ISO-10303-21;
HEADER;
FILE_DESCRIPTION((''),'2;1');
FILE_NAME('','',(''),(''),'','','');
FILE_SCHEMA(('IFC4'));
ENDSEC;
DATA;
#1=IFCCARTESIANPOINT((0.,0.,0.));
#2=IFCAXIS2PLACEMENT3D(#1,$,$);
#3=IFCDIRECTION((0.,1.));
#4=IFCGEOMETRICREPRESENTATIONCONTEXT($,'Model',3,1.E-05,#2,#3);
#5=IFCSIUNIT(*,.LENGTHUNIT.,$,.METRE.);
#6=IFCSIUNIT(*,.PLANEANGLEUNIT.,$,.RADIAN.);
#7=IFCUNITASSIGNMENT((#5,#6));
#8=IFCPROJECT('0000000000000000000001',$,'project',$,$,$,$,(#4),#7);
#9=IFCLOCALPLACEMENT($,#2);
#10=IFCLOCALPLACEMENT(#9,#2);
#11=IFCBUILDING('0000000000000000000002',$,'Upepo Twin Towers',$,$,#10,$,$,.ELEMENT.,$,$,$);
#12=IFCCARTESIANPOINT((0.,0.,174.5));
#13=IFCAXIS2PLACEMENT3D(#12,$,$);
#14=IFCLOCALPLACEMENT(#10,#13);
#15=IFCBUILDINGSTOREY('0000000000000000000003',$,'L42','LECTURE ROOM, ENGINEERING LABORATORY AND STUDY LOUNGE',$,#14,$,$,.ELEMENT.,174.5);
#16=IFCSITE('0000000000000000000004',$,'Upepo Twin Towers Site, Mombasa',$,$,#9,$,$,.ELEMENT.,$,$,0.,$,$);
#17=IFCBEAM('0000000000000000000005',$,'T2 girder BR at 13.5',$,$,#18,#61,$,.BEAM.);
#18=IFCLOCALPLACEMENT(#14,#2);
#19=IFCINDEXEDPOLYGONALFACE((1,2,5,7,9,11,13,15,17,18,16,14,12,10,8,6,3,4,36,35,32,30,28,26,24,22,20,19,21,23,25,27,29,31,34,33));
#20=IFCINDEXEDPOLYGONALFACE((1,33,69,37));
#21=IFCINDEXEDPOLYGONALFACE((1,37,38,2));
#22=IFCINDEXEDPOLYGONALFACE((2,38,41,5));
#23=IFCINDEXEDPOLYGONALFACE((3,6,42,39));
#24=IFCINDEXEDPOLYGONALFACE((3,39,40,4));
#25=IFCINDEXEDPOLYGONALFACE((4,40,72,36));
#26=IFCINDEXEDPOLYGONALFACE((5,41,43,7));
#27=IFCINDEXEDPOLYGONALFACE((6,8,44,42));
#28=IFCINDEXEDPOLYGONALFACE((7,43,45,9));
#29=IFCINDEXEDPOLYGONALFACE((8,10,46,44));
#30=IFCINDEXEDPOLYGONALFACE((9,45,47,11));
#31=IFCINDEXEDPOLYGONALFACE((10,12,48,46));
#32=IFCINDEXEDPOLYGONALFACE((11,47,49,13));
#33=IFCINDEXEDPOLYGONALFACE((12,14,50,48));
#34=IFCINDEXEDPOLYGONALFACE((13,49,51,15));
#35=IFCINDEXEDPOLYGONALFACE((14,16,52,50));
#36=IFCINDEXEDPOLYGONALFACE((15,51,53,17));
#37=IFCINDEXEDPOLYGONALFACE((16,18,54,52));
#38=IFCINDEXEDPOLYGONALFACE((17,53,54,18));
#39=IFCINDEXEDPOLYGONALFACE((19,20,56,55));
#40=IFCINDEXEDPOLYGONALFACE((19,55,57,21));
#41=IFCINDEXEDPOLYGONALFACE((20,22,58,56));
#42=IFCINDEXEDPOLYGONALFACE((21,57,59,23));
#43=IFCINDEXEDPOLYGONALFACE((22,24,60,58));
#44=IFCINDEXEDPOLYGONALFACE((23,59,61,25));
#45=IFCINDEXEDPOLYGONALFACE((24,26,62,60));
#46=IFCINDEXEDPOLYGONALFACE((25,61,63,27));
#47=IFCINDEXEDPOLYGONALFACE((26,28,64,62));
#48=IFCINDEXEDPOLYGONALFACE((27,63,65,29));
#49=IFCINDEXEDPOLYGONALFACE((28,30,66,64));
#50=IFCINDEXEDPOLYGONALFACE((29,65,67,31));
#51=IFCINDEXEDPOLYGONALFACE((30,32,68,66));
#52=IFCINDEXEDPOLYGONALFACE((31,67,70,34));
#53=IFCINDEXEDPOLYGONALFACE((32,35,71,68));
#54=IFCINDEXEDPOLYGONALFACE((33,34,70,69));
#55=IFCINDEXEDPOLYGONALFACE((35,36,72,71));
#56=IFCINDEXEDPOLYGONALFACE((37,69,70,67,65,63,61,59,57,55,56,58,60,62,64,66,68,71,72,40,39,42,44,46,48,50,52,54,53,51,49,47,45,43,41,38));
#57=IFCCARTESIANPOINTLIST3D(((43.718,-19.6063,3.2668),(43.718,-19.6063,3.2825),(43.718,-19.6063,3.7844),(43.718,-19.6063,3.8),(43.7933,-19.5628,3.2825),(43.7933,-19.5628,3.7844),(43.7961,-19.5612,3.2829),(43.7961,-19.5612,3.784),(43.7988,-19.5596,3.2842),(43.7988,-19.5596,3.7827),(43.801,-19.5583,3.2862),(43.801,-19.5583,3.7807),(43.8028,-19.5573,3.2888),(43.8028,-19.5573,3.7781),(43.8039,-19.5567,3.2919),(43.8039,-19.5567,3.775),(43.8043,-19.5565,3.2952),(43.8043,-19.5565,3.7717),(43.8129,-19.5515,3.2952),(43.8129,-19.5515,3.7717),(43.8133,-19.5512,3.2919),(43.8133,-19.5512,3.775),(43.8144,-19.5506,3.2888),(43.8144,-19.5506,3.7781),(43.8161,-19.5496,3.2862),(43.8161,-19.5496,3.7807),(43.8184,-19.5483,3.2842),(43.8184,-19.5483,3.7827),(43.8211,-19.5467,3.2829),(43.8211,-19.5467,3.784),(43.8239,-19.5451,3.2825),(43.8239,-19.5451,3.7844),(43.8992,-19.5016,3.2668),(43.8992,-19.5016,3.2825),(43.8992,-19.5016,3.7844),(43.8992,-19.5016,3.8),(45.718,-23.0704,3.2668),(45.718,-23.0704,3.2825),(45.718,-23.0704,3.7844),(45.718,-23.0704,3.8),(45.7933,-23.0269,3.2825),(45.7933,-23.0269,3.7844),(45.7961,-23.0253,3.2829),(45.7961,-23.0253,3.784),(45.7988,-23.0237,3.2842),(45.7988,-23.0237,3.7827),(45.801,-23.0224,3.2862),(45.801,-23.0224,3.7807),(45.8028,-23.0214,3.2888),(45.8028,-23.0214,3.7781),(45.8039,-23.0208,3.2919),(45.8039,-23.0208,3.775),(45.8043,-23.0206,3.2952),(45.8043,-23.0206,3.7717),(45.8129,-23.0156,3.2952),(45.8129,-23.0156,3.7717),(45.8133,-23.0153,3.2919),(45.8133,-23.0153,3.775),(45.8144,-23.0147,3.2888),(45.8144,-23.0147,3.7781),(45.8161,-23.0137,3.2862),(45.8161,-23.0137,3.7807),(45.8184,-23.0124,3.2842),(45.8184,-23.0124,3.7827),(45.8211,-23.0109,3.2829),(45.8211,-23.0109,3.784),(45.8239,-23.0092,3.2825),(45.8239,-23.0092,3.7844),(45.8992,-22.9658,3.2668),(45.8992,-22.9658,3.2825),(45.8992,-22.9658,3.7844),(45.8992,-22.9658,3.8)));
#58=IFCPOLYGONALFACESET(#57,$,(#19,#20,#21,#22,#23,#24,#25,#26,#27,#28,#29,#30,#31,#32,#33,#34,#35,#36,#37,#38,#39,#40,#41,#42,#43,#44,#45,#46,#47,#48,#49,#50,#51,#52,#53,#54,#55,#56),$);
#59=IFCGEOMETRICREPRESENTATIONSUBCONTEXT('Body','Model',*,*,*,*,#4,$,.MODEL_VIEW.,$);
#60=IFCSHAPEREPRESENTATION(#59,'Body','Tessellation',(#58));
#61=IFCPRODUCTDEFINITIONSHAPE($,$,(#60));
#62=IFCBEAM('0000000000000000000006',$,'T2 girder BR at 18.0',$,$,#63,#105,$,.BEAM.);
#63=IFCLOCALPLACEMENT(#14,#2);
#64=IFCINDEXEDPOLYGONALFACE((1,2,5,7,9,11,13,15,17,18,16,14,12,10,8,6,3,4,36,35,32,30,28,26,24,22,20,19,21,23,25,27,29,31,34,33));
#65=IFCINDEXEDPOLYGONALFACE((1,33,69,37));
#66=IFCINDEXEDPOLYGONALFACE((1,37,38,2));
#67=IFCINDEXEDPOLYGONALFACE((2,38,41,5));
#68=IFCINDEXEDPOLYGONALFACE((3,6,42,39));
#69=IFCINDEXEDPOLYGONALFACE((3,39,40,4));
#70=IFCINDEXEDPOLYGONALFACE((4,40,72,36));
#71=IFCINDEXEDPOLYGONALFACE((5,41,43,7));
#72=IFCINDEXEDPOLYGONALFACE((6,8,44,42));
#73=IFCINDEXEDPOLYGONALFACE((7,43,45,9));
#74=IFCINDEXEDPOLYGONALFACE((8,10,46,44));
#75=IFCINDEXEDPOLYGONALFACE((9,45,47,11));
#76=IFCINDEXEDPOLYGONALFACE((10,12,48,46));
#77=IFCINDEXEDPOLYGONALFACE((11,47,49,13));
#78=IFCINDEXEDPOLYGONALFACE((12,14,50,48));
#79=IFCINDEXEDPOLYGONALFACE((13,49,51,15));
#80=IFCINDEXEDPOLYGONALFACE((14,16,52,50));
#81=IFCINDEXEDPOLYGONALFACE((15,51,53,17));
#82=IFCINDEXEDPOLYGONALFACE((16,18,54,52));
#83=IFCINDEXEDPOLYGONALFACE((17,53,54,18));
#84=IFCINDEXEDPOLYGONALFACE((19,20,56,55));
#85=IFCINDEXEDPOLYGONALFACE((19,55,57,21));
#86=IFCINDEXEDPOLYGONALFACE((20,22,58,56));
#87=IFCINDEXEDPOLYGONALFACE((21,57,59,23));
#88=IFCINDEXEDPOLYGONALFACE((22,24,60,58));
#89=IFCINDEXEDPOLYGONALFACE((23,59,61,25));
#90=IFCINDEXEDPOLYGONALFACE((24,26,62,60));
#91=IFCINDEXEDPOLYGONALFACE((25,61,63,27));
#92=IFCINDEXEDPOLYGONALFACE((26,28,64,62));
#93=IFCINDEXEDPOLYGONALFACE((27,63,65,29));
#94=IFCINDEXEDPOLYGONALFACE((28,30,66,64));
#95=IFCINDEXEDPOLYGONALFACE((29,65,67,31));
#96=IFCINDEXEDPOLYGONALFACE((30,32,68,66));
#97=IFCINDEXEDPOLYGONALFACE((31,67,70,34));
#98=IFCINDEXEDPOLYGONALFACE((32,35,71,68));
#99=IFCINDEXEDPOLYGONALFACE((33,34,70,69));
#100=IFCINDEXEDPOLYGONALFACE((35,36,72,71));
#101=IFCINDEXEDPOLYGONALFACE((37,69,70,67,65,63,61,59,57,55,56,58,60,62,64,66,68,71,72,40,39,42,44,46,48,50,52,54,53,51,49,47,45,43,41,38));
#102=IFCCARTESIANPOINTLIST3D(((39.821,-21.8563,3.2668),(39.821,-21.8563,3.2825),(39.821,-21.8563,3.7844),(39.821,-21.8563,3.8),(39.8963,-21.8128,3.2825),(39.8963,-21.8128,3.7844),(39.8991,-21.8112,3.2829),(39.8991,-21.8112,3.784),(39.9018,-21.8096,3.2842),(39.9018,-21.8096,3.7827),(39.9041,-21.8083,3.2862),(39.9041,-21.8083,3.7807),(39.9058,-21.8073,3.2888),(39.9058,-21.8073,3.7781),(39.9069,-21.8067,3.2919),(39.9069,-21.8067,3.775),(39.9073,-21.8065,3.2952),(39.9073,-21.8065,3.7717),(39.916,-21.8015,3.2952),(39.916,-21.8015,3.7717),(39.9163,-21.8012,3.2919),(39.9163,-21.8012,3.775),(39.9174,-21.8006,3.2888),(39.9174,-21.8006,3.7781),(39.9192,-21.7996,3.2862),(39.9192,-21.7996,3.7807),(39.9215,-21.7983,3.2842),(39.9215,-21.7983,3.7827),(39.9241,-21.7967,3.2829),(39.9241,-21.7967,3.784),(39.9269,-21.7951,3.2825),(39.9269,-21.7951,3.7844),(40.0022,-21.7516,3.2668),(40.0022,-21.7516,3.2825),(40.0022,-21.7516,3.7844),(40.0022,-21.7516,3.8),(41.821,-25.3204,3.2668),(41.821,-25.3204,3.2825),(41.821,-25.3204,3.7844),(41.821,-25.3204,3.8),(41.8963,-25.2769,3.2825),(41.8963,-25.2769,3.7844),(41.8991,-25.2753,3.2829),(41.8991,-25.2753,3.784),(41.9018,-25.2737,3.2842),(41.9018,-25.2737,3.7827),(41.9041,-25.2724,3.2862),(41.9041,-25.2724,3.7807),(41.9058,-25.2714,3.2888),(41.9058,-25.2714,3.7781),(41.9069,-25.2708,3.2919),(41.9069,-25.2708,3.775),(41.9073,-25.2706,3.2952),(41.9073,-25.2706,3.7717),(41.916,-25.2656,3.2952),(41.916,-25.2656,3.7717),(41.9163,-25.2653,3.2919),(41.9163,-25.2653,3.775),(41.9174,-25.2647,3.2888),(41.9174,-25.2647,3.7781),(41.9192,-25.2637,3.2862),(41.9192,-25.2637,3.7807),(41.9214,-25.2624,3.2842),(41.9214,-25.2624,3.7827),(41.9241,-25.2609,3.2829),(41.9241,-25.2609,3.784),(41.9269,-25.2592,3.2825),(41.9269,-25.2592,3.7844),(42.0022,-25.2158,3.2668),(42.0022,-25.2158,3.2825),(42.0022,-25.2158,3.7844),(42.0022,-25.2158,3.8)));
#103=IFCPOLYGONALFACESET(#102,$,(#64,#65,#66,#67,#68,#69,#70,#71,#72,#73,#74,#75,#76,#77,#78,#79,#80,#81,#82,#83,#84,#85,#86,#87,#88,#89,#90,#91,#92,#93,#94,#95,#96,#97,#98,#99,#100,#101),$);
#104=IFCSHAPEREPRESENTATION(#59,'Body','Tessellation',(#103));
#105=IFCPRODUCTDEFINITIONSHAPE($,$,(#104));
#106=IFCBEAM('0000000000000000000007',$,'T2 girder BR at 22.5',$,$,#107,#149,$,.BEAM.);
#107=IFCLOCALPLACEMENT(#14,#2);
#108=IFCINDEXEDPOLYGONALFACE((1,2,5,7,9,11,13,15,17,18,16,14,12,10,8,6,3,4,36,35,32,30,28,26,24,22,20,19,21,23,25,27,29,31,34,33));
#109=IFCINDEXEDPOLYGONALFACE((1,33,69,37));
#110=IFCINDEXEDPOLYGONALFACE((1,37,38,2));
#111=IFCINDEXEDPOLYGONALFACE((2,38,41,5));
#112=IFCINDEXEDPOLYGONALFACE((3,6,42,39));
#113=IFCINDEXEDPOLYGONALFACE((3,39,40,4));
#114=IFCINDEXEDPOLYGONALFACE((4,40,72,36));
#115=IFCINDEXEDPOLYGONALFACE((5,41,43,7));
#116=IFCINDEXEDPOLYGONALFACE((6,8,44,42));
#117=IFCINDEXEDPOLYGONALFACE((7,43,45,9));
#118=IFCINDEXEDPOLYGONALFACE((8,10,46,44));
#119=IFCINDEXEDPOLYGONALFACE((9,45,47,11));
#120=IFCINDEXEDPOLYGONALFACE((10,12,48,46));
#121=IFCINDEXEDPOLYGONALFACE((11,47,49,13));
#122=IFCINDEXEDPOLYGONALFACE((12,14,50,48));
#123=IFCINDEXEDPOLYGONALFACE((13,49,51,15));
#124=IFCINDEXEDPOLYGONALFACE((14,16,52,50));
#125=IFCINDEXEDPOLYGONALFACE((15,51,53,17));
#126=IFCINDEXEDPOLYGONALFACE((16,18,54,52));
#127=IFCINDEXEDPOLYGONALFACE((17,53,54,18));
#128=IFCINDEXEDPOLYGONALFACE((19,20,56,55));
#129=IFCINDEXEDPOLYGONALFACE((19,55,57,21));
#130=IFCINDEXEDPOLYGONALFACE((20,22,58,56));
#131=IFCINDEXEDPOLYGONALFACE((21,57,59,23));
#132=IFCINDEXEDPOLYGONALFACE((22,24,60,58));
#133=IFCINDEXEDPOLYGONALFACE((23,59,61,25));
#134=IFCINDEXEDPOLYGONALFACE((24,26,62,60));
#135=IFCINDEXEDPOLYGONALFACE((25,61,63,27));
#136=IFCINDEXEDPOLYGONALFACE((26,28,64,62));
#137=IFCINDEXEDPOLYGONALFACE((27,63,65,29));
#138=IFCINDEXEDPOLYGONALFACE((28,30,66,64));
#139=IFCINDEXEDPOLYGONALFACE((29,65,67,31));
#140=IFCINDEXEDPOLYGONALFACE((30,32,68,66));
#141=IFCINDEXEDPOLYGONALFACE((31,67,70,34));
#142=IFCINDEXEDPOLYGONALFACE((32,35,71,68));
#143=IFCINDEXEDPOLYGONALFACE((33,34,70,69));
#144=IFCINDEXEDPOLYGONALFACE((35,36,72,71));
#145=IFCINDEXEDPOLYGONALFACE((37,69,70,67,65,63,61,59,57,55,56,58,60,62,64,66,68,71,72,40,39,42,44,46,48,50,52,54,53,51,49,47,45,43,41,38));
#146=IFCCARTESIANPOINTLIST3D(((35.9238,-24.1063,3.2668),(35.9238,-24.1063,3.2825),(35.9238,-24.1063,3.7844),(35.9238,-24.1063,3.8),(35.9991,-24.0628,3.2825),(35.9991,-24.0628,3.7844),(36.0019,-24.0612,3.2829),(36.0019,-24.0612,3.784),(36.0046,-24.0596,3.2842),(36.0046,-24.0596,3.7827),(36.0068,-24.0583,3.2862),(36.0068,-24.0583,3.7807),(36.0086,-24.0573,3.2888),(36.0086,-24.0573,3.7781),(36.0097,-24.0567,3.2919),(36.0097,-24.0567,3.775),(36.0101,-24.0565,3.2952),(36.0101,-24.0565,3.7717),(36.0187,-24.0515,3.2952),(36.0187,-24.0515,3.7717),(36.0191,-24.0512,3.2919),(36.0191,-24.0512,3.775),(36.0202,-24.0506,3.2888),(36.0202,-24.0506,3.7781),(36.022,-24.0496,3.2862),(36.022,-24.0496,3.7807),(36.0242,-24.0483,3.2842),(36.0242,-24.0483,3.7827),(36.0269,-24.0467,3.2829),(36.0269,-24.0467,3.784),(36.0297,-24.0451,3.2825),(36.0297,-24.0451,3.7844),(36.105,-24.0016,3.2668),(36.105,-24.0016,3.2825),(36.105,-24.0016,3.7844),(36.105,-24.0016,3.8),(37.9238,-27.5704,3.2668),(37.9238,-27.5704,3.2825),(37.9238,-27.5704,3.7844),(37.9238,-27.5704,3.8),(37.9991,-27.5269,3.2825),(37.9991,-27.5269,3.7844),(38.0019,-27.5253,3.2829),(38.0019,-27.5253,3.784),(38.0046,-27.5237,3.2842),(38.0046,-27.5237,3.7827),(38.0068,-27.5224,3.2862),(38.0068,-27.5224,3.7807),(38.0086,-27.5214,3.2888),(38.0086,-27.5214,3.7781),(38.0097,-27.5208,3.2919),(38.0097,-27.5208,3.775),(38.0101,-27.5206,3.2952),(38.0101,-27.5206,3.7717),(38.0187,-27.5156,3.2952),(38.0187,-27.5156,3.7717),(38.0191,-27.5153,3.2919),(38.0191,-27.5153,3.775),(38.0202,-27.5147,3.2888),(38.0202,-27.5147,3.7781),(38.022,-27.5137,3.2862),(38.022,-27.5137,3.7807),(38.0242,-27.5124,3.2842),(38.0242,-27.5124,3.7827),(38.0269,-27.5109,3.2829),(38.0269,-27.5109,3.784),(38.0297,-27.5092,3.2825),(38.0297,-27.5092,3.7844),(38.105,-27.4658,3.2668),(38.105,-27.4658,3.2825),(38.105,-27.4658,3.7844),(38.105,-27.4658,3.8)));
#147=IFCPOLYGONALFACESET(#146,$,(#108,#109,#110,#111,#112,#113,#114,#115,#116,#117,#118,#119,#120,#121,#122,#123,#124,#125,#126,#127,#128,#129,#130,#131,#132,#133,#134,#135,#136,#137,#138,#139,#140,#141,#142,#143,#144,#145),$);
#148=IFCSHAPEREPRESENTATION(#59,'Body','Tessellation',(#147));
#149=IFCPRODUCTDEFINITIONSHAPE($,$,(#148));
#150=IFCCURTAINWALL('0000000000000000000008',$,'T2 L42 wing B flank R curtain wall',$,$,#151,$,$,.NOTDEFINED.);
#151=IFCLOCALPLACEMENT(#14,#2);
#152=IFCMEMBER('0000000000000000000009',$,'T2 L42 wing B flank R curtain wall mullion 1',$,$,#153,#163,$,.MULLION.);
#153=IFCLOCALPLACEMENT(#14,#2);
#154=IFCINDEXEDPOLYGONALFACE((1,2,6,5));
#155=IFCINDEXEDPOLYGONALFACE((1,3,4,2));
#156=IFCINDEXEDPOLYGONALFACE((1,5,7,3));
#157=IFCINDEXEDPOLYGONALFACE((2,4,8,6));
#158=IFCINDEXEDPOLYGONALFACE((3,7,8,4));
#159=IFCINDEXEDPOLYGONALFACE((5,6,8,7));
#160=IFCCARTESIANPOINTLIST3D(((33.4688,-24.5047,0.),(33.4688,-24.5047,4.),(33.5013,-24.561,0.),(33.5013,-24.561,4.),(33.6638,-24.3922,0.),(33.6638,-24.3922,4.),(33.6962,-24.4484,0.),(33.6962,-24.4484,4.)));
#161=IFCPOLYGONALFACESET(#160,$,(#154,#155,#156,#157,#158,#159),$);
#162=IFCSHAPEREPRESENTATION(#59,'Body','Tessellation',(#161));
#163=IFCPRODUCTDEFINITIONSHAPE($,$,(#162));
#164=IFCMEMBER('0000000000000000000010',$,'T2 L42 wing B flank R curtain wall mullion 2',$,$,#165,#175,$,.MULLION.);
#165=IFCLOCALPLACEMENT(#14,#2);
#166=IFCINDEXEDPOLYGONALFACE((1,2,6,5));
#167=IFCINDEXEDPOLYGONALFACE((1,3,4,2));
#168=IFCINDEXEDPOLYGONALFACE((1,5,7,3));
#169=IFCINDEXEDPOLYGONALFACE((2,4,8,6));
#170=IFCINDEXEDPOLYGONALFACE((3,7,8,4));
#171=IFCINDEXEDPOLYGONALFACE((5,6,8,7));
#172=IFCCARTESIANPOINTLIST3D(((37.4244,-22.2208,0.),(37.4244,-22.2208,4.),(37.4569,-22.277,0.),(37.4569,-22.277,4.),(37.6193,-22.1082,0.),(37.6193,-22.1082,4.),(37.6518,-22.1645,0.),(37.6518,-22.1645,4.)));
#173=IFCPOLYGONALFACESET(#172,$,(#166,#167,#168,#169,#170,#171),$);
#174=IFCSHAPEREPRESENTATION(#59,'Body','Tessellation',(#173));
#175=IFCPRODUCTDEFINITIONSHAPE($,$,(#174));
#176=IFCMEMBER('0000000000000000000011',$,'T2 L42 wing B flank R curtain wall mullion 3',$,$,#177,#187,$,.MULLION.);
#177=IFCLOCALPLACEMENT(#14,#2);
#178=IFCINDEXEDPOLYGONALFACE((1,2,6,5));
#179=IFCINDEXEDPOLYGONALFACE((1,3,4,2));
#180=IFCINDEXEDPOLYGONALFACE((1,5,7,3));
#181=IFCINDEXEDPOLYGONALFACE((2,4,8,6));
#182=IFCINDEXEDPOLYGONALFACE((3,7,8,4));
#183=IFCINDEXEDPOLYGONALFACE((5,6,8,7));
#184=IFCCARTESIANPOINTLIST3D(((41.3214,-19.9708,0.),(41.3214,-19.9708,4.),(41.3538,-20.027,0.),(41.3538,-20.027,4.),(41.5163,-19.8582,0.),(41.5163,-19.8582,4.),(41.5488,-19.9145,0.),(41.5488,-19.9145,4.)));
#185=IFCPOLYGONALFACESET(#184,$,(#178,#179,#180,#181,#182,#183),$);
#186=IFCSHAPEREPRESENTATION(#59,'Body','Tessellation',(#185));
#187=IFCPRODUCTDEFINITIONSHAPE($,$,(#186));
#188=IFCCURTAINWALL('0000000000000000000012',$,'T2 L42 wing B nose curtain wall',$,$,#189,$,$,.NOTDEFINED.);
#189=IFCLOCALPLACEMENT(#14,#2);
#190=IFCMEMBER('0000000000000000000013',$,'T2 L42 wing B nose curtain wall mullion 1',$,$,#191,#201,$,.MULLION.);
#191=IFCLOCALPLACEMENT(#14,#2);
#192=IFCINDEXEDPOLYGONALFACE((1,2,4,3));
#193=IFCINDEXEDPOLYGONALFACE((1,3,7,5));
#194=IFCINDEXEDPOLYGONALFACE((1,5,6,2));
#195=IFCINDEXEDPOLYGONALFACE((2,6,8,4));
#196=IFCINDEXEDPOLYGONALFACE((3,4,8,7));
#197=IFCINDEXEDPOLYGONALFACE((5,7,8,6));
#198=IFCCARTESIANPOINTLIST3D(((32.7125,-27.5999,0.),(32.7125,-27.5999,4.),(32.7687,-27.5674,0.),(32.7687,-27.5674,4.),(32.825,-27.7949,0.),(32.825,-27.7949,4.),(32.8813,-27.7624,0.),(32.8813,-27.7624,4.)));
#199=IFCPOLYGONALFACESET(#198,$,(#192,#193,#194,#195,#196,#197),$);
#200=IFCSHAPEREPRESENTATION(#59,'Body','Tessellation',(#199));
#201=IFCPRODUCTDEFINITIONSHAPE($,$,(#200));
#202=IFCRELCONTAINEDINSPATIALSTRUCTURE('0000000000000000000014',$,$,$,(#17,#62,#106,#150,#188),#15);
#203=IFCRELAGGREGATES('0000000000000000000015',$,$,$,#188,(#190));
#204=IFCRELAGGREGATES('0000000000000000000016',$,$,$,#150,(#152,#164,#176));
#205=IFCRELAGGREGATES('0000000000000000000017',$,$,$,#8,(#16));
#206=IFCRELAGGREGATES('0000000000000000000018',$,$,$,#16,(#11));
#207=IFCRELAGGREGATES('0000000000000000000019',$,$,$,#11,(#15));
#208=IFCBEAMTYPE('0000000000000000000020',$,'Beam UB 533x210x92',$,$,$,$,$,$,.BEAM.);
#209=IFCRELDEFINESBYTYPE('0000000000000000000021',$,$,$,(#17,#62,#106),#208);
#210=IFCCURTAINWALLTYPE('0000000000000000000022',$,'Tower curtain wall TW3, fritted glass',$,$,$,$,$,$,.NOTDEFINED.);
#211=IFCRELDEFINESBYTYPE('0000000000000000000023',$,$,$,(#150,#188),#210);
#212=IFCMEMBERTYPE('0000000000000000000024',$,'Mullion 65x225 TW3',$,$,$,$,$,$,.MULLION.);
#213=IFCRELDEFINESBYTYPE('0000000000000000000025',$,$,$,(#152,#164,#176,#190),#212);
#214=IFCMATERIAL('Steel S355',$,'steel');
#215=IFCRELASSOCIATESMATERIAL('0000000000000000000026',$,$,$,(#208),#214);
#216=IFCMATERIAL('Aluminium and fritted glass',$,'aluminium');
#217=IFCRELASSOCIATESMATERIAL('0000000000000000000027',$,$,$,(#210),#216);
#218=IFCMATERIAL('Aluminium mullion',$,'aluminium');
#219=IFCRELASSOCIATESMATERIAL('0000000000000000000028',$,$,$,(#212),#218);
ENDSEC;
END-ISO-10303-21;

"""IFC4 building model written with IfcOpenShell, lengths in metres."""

from ifc_helpers import new_model, si_unit, direction, frame, origin, origin_2d, place, context, subcontext, project, spatial, rectangle, i_section, extrude, material, material_profile, profile_set, type_object, element, aggregate, save


model = new_model("IFC4")

# Units and contexts
model_context = context("Model", 3, precision=1e-05, world=origin(), true_north=direction((0.0, 1.0)))
body_context = subcontext(model_context, "Body", "Model", "MODEL_VIEW")
ifc_project = project(units=[si_unit("LENGTHUNIT", "METRE"), si_unit("PLANEANGLEUNIT", "RADIAN")], contexts=[model_context])

# Site, building, storey
site_placement = place(None, origin())
site = spatial("IfcSite", under=ifc_project, at=site_placement, Name="Upepo Twin Towers Site, Mombasa", CompositionType="ELEMENT", RefElevation=0.0)
building_placement = place(site_placement, origin())
building = spatial("IfcBuilding", under=site, at=building_placement, Name="Upepo Twin Towers", CompositionType="ELEMENT")
storey_placement = place(building_placement, frame((0.0, 0.0, 174.5)))
storey = spatial("IfcBuildingStorey", under=building, at=storey_placement, Name="L42", Description="LECTURE ROOM, ENGINEERING LABORATORY AND STUDY LOUNGE", CompositionType="ELEMENT", Elevation=174.5)

# Beams
ifc_material_1 = material(Name="Steel S355", Category="steel")
ifc_material_profile_1 = material_profile(ifc_material_1, i_section(OverallWidth=0.2092, OverallDepth=0.5332, WebThickness=0.01, FlangeThickness=0.0156, FilletRadius=0.0127, at=origin_2d()), Name="UB 533x210x92")
ifc_profile_set_1 = profile_set([ifc_material_profile_1], Name="Steel S355")
beam_type_1 = type_object("IfcBeamType", Name="Beam UB 533x210x92", PredefinedType="BEAM", material=ifc_profile_set_1)
for number, where, z_axis, x_axis, name in (
    (1, (43.8086, -19.554, 3.5334), (0.499999, -0.866026, 0.0), (0.866026, 0.499999, 0.0), "T2 girder BR at 13.5"),
    (2, (39.9116, -21.804, 3.5334), (0.499999, -0.866026, 0.0), (0.866026, 0.499999, 0.0), "T2 girder BR at 18.0"),
    (3, (36.0144, -24.054, 3.5334), (0.499999, -0.866026, 0.0), (0.866026, 0.499999, 0.0), "T2 girder BR at 22.5"),
):
    element("IfcBeam", number, at=place(storey_placement, frame(where, z_axis=z_axis, x_axis=x_axis)), inside=storey, type_object=beam_type_1, Name=name, PredefinedType="BEAM", context=body_context, shape_type="SweptSolid", body=[
        extrude(i_section(OverallWidth=0.2092, OverallDepth=0.5332, WebThickness=0.01, FlangeThickness=0.0156, FilletRadius=0.0127, at=origin_2d()), origin(), (0.0, 0.0, 1.0), 4.0),
    ])

# Curtain wall, members
ifc_material_2 = material(Name="Aluminium and fritted glass", Category="aluminium")
curtain_wall_type = type_object("IfcCurtainWallType", Name="Tower curtain wall TW3, fritted glass", PredefinedType="NOTDEFINED", material=ifc_material_2)
curtain_wall_1_placement = place(storey_placement, origin())
curtain_wall_1 = element("IfcCurtainWall", 4, at=curtain_wall_1_placement, inside=storey, type_object=curtain_wall_type, Name="T2 L42 wing B flank R curtain wall", PredefinedType="NOTDEFINED")
ifc_material_3 = material(Name="Aluminium mullion", Category="aluminium")
ifc_material_profile_2 = material_profile(ifc_material_3, rectangle(XDim=0.0649, YDim=0.2251, at=origin_2d()), Name="MULLION 65x225")
ifc_profile_set_2 = profile_set([ifc_material_profile_2], Name="Aluminium mullion")
member_type_1 = type_object("IfcMemberType", Name="Mullion 65x225 TW3", PredefinedType="MULLION", material=ifc_profile_set_2)
member_1_placement = place(storey_placement, frame((33.5825, -24.4766, 0.0), z_axis=(0.0, 0.0, 1.0), x_axis=(-0.5, 0.866025, 0.0)))
member_1 = element("IfcMember", 5, at=member_1_placement, type_object=member_type_1, Name="T2 L42 wing B flank R curtain wall mullion 1", PredefinedType="MULLION", context=body_context, shape_type="SweptSolid", body=[
    extrude(rectangle(XDim=0.0649, YDim=0.2251, at=origin_2d()), origin(), (0.0, 0.0, 1.0), 4.0),
])
member_2_placement = place(storey_placement, frame((37.5381, -22.1926, 0.0), z_axis=(0.0, 0.0, 1.0), x_axis=(-0.5, 0.866025, 0.0)))
member_2 = element("IfcMember", 6, at=member_2_placement, type_object=member_type_1, Name="T2 L42 wing B flank R curtain wall mullion 2", PredefinedType="MULLION", context=body_context, shape_type="SweptSolid", body=[
    extrude(rectangle(XDim=0.0649, YDim=0.2251, at=origin_2d()), origin(), (0.0, 0.0, 1.0), 4.0),
])
member_3_placement = place(storey_placement, frame((41.4351, -19.9426, 0.0), z_axis=(0.0, 0.0, 1.0), x_axis=(-0.5, 0.866025, 0.0)))
member_3 = element("IfcMember", 7, at=member_3_placement, type_object=member_type_1, Name="T2 L42 wing B flank R curtain wall mullion 3", PredefinedType="MULLION", context=body_context, shape_type="SweptSolid", body=[
    extrude(rectangle(XDim=0.0649, YDim=0.2251, at=origin_2d()), origin(), (0.0, 0.0, 1.0), 4.0),
])

# Curtain wall, member
curtain_wall_2_placement = place(storey_placement, origin())
curtain_wall_2 = element("IfcCurtainWall", 8, at=curtain_wall_2_placement, inside=storey, type_object=curtain_wall_type, Name="T2 L42 wing B nose curtain wall", PredefinedType="NOTDEFINED")
member_4_placement = place(storey_placement, frame((32.7969, -27.6812, 0.0), z_axis=(0.0, 0.0, 1.0), x_axis=(0.866025, 0.5, 0.0)))
member_4 = element("IfcMember", 9, at=member_4_placement, type_object=member_type_1, Name="T2 L42 wing B nose curtain wall mullion 1", PredefinedType="MULLION", context=body_context, shape_type="SweptSolid", body=[
    extrude(rectangle(XDim=0.0649, YDim=0.2251, at=origin_2d()), origin(), (0.0, 0.0, 1.0), 4.0),
])

aggregate(curtain_wall_2, [member_4])

aggregate(curtain_wall_1, [member_1, member_2, member_3])

save(model, "model.ifc")
